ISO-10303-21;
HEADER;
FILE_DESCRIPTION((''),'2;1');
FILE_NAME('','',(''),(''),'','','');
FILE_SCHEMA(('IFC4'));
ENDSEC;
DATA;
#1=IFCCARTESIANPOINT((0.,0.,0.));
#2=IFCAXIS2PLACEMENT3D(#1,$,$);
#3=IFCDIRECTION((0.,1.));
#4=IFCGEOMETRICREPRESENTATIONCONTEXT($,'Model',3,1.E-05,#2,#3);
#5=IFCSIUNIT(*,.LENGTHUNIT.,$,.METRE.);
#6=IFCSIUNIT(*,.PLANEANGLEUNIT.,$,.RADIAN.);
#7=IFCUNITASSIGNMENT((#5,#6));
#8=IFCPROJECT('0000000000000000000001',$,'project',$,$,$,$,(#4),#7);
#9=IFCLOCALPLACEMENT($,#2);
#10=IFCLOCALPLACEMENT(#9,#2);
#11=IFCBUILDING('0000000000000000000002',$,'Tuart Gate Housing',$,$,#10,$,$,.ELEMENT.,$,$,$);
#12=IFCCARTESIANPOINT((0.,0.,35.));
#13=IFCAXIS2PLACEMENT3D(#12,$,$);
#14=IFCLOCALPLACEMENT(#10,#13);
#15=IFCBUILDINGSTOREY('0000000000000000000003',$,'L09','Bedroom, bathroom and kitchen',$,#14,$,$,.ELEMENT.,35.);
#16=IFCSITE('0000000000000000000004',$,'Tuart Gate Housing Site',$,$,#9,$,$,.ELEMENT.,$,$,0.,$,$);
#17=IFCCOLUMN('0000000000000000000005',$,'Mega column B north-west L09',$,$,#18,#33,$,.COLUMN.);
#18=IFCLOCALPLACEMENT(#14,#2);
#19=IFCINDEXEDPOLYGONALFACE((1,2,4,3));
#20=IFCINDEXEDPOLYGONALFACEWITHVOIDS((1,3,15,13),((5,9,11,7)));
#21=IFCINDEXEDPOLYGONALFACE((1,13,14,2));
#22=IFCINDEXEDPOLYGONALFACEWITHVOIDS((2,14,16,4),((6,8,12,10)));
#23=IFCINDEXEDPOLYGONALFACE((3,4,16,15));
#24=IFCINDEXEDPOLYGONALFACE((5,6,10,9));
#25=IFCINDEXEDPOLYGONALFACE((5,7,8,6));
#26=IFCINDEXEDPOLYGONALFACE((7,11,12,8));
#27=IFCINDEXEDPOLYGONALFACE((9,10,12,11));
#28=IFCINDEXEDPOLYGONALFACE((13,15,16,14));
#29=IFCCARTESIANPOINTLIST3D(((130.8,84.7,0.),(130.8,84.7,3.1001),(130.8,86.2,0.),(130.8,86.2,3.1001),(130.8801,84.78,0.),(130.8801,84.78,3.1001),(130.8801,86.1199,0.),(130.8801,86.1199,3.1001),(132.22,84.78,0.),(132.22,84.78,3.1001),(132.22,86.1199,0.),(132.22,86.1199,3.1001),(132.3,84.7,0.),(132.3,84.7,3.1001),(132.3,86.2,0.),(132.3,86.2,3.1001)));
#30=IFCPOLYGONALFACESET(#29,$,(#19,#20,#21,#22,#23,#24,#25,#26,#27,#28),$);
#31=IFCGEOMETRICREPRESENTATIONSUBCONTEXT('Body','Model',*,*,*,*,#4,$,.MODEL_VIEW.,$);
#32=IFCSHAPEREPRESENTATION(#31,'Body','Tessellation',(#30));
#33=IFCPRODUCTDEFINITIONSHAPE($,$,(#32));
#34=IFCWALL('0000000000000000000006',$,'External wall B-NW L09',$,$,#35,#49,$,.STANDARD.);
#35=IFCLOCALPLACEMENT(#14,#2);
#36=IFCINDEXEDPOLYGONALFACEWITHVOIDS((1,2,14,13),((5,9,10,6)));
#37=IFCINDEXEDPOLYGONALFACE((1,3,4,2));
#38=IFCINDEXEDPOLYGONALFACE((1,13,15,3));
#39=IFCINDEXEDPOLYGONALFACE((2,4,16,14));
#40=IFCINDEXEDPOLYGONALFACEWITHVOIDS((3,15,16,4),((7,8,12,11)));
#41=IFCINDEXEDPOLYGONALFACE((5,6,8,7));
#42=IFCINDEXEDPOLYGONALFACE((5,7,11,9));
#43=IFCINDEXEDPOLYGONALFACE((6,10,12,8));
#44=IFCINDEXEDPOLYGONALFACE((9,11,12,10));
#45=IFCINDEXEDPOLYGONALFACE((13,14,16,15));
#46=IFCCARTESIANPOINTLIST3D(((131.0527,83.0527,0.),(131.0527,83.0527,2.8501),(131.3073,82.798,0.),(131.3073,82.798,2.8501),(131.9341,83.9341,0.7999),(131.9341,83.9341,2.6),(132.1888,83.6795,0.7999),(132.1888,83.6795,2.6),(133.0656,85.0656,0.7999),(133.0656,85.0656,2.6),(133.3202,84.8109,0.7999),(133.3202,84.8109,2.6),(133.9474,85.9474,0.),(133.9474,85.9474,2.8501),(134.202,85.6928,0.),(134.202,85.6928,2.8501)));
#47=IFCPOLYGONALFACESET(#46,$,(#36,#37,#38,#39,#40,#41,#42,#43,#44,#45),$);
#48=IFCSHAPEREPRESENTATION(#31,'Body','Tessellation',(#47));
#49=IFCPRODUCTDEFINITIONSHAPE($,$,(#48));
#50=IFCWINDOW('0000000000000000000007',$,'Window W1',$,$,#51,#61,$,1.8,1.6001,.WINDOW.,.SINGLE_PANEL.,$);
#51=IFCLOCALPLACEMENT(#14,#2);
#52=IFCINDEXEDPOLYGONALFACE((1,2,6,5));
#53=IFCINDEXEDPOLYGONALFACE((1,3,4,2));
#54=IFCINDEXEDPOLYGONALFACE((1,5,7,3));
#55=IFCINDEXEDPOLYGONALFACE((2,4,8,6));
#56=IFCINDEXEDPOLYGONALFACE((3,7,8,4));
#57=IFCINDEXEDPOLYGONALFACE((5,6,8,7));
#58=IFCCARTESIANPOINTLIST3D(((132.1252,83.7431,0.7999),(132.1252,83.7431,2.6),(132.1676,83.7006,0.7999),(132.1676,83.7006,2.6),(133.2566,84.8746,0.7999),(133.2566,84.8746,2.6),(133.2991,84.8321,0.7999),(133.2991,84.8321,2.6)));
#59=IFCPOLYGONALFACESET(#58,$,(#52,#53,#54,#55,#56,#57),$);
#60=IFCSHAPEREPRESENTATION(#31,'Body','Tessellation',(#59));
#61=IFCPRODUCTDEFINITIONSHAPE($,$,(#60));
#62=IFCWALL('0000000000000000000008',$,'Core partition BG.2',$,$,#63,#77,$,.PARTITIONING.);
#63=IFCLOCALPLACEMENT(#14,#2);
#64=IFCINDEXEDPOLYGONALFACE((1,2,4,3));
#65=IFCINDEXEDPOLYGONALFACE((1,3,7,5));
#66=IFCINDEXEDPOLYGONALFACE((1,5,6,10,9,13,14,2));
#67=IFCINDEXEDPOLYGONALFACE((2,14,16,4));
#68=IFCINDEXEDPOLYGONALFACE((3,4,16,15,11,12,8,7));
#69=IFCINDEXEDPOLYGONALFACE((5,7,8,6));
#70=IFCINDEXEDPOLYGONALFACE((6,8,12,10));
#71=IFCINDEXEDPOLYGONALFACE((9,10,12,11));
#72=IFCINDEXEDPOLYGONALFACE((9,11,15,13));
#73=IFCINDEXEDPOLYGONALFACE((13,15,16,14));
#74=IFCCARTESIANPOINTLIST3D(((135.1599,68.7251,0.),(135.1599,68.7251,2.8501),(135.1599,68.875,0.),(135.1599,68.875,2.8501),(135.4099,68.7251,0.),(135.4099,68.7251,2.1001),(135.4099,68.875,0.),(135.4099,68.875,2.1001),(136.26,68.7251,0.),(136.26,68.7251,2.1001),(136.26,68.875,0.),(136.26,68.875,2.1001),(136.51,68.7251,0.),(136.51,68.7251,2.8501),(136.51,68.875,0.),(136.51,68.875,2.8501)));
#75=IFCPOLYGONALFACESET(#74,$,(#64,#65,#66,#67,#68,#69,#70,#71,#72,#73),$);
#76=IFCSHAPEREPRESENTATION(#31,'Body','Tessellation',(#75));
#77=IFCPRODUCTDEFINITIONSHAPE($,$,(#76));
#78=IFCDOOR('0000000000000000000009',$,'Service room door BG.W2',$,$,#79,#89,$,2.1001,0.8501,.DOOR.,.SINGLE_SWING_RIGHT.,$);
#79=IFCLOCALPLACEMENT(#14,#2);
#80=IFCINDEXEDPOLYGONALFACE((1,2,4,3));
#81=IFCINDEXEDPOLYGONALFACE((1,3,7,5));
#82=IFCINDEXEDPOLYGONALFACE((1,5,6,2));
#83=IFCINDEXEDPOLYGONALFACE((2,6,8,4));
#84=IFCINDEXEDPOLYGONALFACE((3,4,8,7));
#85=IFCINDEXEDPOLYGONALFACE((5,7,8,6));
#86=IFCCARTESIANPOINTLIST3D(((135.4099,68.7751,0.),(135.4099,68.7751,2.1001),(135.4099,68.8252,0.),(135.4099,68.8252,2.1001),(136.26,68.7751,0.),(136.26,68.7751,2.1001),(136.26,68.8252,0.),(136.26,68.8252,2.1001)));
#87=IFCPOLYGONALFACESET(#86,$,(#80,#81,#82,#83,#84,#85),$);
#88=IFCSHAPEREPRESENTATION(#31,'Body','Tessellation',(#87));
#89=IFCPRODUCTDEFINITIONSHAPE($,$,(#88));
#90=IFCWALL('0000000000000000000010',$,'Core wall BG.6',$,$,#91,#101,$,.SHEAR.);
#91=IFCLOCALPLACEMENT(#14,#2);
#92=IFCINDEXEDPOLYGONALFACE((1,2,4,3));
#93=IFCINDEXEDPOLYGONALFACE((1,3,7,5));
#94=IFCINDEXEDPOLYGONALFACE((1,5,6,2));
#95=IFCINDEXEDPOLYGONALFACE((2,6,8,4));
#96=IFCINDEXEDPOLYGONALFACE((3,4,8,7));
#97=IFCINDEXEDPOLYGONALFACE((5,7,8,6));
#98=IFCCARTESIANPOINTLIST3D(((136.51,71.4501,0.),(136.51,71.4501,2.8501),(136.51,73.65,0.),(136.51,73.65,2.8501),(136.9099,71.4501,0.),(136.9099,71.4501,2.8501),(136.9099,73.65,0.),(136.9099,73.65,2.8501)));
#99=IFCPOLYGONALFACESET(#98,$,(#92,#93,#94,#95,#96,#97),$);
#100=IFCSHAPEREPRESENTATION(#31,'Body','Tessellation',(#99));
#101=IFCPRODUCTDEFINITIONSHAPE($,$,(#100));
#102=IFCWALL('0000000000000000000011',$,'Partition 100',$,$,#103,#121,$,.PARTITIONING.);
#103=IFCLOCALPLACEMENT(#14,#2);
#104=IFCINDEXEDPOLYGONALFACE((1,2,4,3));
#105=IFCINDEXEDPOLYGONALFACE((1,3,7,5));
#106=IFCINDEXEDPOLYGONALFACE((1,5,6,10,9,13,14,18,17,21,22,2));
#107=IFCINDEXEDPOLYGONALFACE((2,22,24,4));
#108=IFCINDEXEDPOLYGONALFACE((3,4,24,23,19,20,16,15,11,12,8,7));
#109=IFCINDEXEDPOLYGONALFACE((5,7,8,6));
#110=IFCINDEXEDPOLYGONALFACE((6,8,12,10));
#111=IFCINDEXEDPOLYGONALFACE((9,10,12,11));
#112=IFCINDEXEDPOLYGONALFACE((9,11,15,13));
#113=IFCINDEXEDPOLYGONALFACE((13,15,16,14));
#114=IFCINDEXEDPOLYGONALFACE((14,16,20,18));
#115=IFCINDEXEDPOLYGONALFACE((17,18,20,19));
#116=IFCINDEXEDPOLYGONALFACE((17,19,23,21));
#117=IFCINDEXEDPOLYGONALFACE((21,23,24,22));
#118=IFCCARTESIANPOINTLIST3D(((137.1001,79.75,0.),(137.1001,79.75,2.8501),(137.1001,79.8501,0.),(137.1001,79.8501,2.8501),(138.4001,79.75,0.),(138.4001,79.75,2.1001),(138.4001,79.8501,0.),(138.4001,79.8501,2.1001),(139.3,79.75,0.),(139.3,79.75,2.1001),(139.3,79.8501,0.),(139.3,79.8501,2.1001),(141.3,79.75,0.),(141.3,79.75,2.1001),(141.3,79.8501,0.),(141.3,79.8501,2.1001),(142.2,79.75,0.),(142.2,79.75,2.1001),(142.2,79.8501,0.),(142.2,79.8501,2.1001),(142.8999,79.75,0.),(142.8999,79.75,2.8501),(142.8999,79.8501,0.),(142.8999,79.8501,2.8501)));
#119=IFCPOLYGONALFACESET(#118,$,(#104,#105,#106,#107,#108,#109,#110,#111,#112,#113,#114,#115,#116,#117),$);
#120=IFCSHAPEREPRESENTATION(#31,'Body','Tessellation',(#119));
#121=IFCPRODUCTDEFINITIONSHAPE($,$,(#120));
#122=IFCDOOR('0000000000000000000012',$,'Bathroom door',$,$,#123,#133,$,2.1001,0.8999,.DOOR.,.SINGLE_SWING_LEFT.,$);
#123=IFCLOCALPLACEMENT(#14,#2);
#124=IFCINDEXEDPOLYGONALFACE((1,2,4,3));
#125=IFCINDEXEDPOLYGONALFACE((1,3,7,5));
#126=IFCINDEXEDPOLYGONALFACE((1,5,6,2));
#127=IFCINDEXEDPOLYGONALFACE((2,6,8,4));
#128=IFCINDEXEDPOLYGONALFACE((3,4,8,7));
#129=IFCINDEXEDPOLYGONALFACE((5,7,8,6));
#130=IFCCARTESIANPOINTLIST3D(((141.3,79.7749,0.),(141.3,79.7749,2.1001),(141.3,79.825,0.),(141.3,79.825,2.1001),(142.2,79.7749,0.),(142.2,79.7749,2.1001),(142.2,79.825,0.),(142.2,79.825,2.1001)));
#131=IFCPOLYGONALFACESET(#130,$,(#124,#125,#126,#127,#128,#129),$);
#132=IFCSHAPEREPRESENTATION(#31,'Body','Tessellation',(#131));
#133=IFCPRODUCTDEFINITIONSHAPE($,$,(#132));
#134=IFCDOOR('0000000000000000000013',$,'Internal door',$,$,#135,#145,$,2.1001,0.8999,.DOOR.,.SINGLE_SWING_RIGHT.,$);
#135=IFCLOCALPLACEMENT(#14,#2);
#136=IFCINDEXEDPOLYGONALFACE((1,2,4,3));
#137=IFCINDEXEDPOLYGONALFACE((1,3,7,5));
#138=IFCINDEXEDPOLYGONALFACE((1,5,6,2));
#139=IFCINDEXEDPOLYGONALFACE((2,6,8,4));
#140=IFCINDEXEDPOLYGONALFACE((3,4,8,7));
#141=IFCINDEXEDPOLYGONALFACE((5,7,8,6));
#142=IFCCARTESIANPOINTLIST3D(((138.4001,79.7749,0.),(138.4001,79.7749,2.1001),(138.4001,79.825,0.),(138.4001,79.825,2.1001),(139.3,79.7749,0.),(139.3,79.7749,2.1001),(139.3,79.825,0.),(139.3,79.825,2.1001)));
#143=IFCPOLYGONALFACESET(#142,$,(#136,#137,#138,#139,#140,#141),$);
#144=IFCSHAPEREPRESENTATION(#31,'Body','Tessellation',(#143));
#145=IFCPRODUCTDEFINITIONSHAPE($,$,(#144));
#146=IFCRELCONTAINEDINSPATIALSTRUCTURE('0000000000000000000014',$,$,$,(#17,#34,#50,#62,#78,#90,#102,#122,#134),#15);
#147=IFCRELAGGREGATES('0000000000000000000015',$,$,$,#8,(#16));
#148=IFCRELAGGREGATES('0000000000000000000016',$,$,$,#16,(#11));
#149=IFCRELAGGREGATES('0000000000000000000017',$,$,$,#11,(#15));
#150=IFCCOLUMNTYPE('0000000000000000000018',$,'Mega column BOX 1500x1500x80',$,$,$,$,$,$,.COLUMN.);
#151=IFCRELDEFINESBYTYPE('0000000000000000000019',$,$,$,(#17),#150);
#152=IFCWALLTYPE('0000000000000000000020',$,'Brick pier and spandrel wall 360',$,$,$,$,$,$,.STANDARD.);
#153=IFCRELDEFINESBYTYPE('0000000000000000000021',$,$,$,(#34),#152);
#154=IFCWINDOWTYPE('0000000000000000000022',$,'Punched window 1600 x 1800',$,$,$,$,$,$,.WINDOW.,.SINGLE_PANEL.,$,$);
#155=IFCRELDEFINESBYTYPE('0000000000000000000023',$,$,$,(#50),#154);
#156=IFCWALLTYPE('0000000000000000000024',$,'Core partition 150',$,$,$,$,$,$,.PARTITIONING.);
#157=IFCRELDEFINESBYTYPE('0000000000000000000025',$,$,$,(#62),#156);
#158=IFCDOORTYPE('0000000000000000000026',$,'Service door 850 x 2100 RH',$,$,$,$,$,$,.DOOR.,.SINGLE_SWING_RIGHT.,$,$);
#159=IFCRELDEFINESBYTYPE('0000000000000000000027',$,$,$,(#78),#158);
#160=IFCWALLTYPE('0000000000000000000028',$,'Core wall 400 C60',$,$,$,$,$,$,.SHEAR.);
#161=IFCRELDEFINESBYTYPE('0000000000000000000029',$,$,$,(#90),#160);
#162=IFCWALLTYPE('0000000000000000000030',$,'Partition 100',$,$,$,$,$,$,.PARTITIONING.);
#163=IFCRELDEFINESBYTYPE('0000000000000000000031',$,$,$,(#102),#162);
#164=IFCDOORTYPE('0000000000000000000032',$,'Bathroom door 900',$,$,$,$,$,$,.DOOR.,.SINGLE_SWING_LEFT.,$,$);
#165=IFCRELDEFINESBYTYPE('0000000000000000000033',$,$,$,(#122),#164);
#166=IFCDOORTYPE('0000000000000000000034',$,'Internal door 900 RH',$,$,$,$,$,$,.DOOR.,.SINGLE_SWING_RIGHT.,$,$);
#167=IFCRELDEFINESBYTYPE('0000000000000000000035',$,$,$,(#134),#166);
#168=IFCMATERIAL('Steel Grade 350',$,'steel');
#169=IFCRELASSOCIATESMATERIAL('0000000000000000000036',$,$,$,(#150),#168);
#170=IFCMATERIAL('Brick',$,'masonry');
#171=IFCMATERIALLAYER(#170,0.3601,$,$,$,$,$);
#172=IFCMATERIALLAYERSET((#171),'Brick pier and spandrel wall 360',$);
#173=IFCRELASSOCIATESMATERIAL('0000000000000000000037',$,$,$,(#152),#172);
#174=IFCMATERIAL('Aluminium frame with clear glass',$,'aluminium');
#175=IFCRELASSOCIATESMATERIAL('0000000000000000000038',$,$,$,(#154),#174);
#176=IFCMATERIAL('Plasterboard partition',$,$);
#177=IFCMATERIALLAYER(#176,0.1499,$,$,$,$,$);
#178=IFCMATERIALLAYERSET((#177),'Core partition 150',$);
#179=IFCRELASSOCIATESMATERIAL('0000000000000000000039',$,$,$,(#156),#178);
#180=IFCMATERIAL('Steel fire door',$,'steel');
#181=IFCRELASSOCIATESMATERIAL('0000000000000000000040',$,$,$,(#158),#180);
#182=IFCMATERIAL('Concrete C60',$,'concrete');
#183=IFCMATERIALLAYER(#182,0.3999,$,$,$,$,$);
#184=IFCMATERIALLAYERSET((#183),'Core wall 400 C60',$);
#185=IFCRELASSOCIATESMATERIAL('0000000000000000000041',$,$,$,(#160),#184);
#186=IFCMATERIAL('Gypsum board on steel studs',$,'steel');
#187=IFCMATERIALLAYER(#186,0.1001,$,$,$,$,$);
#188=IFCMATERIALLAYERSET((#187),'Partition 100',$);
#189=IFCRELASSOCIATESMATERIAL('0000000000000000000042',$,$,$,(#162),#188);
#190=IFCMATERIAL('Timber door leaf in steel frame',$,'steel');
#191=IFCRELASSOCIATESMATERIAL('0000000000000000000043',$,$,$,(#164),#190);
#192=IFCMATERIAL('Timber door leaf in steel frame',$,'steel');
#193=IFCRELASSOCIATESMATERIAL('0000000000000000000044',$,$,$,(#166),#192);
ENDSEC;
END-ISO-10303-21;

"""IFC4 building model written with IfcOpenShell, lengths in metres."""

from ifc_helpers import new_model, si_unit, direction, frame, frame_2d, origin, origin_2d, place, context, subcontext, project, spatial, rectangle, hollow_rectangle, extrude, material, layer, layer_set, material_profile, profile_set, type_object, element, fill, save


model = new_model("IFC4")

# Units and contexts
model_context = context("Model", 3, precision=1e-05, world=origin(), true_north=direction((0.0, 1.0)))
body_context = subcontext(model_context, "Body", "Model", "MODEL_VIEW")
ifc_project = project(units=[si_unit("LENGTHUNIT", "METRE"), si_unit("PLANEANGLEUNIT", "RADIAN")], contexts=[model_context])

# Site, building, storey
site_placement = place(None, origin())
site = spatial("IfcSite", under=ifc_project, at=site_placement, Name="Tuart Gate Housing Site", CompositionType="ELEMENT", RefElevation=0.0)
building_placement = place(site_placement, origin())
building = spatial("IfcBuilding", under=site, at=building_placement, Name="Tuart Gate Housing", CompositionType="ELEMENT")
storey_placement = place(building_placement, frame((0.0, 0.0, 35.0)))
storey = spatial("IfcBuildingStorey", under=building, at=storey_placement, Name="L09", Description="Bedroom, bathroom and kitchen", CompositionType="ELEMENT", Elevation=35.0)

# Column
ifc_material_1 = material(Name="Steel Grade 350", Category="steel")
ifc_material_profile = material_profile(ifc_material_1, hollow_rectangle(XDim=1.5, YDim=1.5, WallThickness=0.0801, at=origin_2d()), Name="BOX 1500x1500x80")
ifc_profile_set = profile_set([ifc_material_profile], Name="Steel Grade 350")
column_type = type_object("IfcColumnType", Name="Mega column BOX 1500x1500x80", PredefinedType="COLUMN", material=ifc_profile_set)
column_placement = place(storey_placement, frame((131.55, 85.45, 0.0), z_axis=(0.0, 0.0, 1.0), x_axis=(1.0, 0.0, 0.0)))
element("IfcColumn", 1, at=column_placement, inside=storey, type_object=column_type, Name="Mega column B north-west L09", PredefinedType="COLUMN", context=body_context, shape_type="SweptSolid", body=[
    extrude(hollow_rectangle(XDim=1.5, YDim=1.5, WallThickness=0.0801, at=origin_2d()), origin(), (0.0, 0.0, 1.0), 3.1001),
])

# Wall, opening, window
ifc_material_2 = material(Name="Brick", Category="masonry")
ifc_layer_1 = layer(ifc_material_2, 0.3601)
ifc_layer_set_1 = layer_set([ifc_layer_1], Name="Brick pier and spandrel wall 360")
wall_type_1 = type_object("IfcWallType", Name="Brick pier and spandrel wall 360", PredefinedType="STANDARD", material=ifc_layer_set_1)
wall_1_placement = place(storey_placement, frame((134.0747, 85.8201, 0.0), z_axis=(0.0, 0.0, 1.0), x_axis=(-0.707107, -0.707107, 0.0)))
wall_1 = element("IfcWall", 2, at=wall_1_placement, inside=storey, type_object=wall_type_1, Name="External wall B-NW L09", PredefinedType="STANDARD", context=body_context, shape_type="SweptSolid", body=[
    extrude(rectangle(XDim=4.0938, YDim=0.3601, at=frame_2d((2.0469, 0.0))), origin(), (0.0, 0.0, 1.0), 2.8501),
])
opening_1_placement = place(wall_1_placement, frame((1.2471, 0.0, 0.8)))
opening_1 = element("IfcOpeningElement", 3, at=opening_1_placement, cuts=wall_1, PredefinedType="OPENING", context=body_context, shape_type="SweptSolid", body=[
    extrude(rectangle(XDim=1.6001, YDim=1.8, at=frame_2d((0.8, 0.8999))), frame((0.0, 0.1899, 0.0), z_axis=(0.0, -1.0, 0.0), x_axis=(1.0, 0.0, 0.0)), (0.0, 0.0, 1.0), 0.3801),
])
ifc_material_3 = material(Name="Aluminium frame with clear glass", Category="aluminium")
window_type = type_object("IfcWindowType", Name="Punched window 1600 x 1800", PartitioningType="SINGLE_PANEL", PredefinedType="WINDOW", material=ifc_material_3)
window_placement = place(opening_1_placement, origin())
window = element("IfcWindow", 4, at=window_placement, inside=storey, type_object=window_type, Name="Window W1", OverallHeight=1.8, OverallWidth=1.6001, PartitioningType="SINGLE_PANEL", PredefinedType="WINDOW", context=body_context, shape_type="SweptSolid", body=[
    extrude(rectangle(XDim=1.6001, YDim=1.8, at=frame_2d((0.8, 0.8999))), frame((0.0, 0.1501, 0.0), z_axis=(0.0, -1.0, 0.0), x_axis=(1.0, 0.0, 0.0)), (0.0, 0.0, 1.0), 0.0601),
])
fill(opening_1, window)

# Wall, opening, door
ifc_material_4 = material(Name="Plasterboard partition")
ifc_layer_2 = layer(ifc_material_4, 0.1499)
ifc_layer_set_2 = layer_set([ifc_layer_2], Name="Core partition 150")
wall_type_2 = type_object("IfcWallType", Name="Core partition 150", PredefinedType="PARTITIONING", material=ifc_layer_set_2)
wall_2_placement = place(storey_placement, frame((136.51, 68.8, 0.0), z_axis=(0.0, 0.0, 1.0), x_axis=(-1.0, 0.0, 0.0)))
wall_2 = element("IfcWall", 5, at=wall_2_placement, inside=storey, type_object=wall_type_2, Name="Core partition BG.2", PredefinedType="PARTITIONING", context=body_context, shape_type="SweptSolid", body=[
    extrude(rectangle(XDim=1.3501, YDim=0.1499, at=frame_2d((0.675, 0.0))), origin(), (0.0, 0.0, 1.0), 2.8501),
])
opening_2_placement = place(wall_2_placement, frame((0.25, 0.0, 0.0)))
opening_2 = element("IfcOpeningElement", 6, at=opening_2_placement, cuts=wall_2, PredefinedType="OPENING", context=body_context, shape_type="SweptSolid", body=[
    extrude(rectangle(XDim=0.8501, YDim=2.1001, at=frame_2d((0.425, 1.05))), frame((0.0, 0.085, 0.0), z_axis=(0.0, -1.0, 0.0), x_axis=(1.0, 0.0, 0.0)), (0.0, 0.0, 1.0), 0.1699),
])
ifc_material_5 = material(Name="Steel fire door", Category="steel")
door_type_1 = type_object("IfcDoorType", Name="Service door 850 x 2100 RH", OperationType="SINGLE_SWING_RIGHT", PredefinedType="DOOR", material=ifc_material_5)
door_1_placement = place(opening_2_placement, frame((0.8501, 0.0, 0.0), z_axis=(0.0, 0.0, 1.0), x_axis=(-1.0, 0.0, 0.0)))
door_1 = element("IfcDoor", 7, at=door_1_placement, inside=storey, type_object=door_type_1, Name="Service room door BG.W2", OperationType="SINGLE_SWING_RIGHT", OverallHeight=2.1001, OverallWidth=0.8501, PredefinedType="DOOR", context=body_context, shape_type="SweptSolid", body=[
    extrude(rectangle(XDim=0.8501, YDim=2.1001, at=frame_2d((0.425, 1.05))), frame((0.0, 0.0251, 0.0), z_axis=(0.0, -1.0, 0.0), x_axis=(1.0, 0.0, 0.0)), (0.0, 0.0, 1.0), 0.05),
])
fill(opening_2, door_1)

# Wall
ifc_material_6 = material(Name="Concrete C60", Category="concrete")
ifc_layer_3 = layer(ifc_material_6, 0.3999)
ifc_layer_set_3 = layer_set([ifc_layer_3], Name="Core wall 400 C60")
wall_type_3 = type_object("IfcWallType", Name="Core wall 400 C60", PredefinedType="SHEAR", material=ifc_layer_set_3)
wall_3_placement = place(storey_placement, frame((136.71, 71.45, 0.0), z_axis=(0.0, 0.0, 1.0), x_axis=(0.0, 1.0, 0.0)))
element("IfcWall", 8, at=wall_3_placement, inside=storey, type_object=wall_type_3, Name="Core wall BG.6", PredefinedType="SHEAR", context=body_context, shape_type="SweptSolid", body=[
    extrude(rectangle(XDim=2.2, YDim=0.3999, at=frame_2d((1.1001, 0.0))), origin(), (0.0, 0.0, 1.0), 2.8501),
])

# Wall, openings, doors
ifc_material_7 = material(Name="Gypsum board on steel studs", Category="steel")
ifc_layer_4 = layer(ifc_material_7, 0.1001)
ifc_layer_set_4 = layer_set([ifc_layer_4], Name="Partition 100")
wall_type_4 = type_object("IfcWallType", Name="Partition 100", PredefinedType="PARTITIONING", material=ifc_layer_set_4)
wall_4_placement = place(storey_placement, frame((137.1001, 79.8, 0.0), z_axis=(0.0, 0.0, 1.0), x_axis=(1.0, 0.0, 0.0)))
wall_4 = element("IfcWall", 9, at=wall_4_placement, inside=storey, type_object=wall_type_4, Name="Partition 100", PredefinedType="PARTITIONING", context=body_context, shape_type="SweptSolid", body=[
    extrude(rectangle(XDim=5.7998, YDim=0.1001, at=frame_2d((2.8999, 0.0))), origin(), (0.0, 0.0, 1.0), 2.8501),
])
opening_3_placement = place(wall_4_placement, frame((1.3, 0.0, 0.0)))
opening_3 = element("IfcOpeningElement", 10, at=opening_3_placement, cuts=wall_4, PredefinedType="OPENING", context=body_context, shape_type="SweptSolid", body=[
    extrude(rectangle(XDim=0.8999, YDim=2.1001, at=frame_2d((0.45, 1.05))), frame((0.0, 0.0601, 0.0), z_axis=(0.0, -1.0, 0.0), x_axis=(1.0, 0.0, 0.0)), (0.0, 0.0, 1.0), 0.1201),
])
opening_4_placement = place(wall_4_placement, frame((4.2, 0.0, 0.0)))
opening_4 = element("IfcOpeningElement", 11, at=opening_4_placement, cuts=wall_4, PredefinedType="OPENING", context=body_context, shape_type="SweptSolid", body=[
    extrude(rectangle(XDim=0.8999, YDim=2.1001, at=frame_2d((0.45, 1.05))), frame((0.0, 0.0601, 0.0), z_axis=(0.0, -1.0, 0.0), x_axis=(1.0, 0.0, 0.0)), (0.0, 0.0, 1.0), 0.1201),
])
ifc_material_8 = material(Name="Timber door leaf in steel frame", Category="steel")
door_type_2 = type_object("IfcDoorType", Name="Bathroom door 900", OperationType="SINGLE_SWING_LEFT", PredefinedType="DOOR", material=ifc_material_8)
door_2_placement = place(opening_4_placement, origin())
door_2 = element("IfcDoor", 12, at=door_2_placement, inside=storey, type_object=door_type_2, Name="Bathroom door", OperationType="SINGLE_SWING_LEFT", OverallHeight=2.1001, OverallWidth=0.8999, PredefinedType="DOOR", context=body_context, shape_type="SweptSolid", body=[
    extrude(rectangle(XDim=0.8999, YDim=2.1001, at=frame_2d((0.45, 1.05))), frame((0.0, 0.0249, 0.0), z_axis=(0.0, -1.0, 0.0), x_axis=(1.0, 0.0, 0.0)), (0.0, 0.0, 1.0), 0.05),
])
fill(opening_4, door_2)
ifc_material_9 = material(Name="Timber door leaf in steel frame", Category="steel")
door_type_3 = type_object("IfcDoorType", Name="Internal door 900 RH", OperationType="SINGLE_SWING_RIGHT", PredefinedType="DOOR", material=ifc_material_9)
door_3_placement = place(opening_3_placement, frame((0.8999, 0.0, 0.0), z_axis=(0.0, 0.0, 1.0), x_axis=(-1.0, 0.0, 0.0)))
door_3 = element("IfcDoor", 13, at=door_3_placement, inside=storey, type_object=door_type_3, Name="Internal door", OperationType="SINGLE_SWING_RIGHT", OverallHeight=2.1001, OverallWidth=0.8999, PredefinedType="DOOR", context=body_context, shape_type="SweptSolid", body=[
    extrude(rectangle(XDim=0.8999, YDim=2.1001, at=frame_2d((0.45, 1.05))), frame((0.0, 0.0251, 0.0), z_axis=(0.0, -1.0, 0.0), x_axis=(1.0, 0.0, 0.0)), (0.0, 0.0, 1.0), 0.05),
])
fill(opening_3, door_3)

save(model, "model.ifc")
